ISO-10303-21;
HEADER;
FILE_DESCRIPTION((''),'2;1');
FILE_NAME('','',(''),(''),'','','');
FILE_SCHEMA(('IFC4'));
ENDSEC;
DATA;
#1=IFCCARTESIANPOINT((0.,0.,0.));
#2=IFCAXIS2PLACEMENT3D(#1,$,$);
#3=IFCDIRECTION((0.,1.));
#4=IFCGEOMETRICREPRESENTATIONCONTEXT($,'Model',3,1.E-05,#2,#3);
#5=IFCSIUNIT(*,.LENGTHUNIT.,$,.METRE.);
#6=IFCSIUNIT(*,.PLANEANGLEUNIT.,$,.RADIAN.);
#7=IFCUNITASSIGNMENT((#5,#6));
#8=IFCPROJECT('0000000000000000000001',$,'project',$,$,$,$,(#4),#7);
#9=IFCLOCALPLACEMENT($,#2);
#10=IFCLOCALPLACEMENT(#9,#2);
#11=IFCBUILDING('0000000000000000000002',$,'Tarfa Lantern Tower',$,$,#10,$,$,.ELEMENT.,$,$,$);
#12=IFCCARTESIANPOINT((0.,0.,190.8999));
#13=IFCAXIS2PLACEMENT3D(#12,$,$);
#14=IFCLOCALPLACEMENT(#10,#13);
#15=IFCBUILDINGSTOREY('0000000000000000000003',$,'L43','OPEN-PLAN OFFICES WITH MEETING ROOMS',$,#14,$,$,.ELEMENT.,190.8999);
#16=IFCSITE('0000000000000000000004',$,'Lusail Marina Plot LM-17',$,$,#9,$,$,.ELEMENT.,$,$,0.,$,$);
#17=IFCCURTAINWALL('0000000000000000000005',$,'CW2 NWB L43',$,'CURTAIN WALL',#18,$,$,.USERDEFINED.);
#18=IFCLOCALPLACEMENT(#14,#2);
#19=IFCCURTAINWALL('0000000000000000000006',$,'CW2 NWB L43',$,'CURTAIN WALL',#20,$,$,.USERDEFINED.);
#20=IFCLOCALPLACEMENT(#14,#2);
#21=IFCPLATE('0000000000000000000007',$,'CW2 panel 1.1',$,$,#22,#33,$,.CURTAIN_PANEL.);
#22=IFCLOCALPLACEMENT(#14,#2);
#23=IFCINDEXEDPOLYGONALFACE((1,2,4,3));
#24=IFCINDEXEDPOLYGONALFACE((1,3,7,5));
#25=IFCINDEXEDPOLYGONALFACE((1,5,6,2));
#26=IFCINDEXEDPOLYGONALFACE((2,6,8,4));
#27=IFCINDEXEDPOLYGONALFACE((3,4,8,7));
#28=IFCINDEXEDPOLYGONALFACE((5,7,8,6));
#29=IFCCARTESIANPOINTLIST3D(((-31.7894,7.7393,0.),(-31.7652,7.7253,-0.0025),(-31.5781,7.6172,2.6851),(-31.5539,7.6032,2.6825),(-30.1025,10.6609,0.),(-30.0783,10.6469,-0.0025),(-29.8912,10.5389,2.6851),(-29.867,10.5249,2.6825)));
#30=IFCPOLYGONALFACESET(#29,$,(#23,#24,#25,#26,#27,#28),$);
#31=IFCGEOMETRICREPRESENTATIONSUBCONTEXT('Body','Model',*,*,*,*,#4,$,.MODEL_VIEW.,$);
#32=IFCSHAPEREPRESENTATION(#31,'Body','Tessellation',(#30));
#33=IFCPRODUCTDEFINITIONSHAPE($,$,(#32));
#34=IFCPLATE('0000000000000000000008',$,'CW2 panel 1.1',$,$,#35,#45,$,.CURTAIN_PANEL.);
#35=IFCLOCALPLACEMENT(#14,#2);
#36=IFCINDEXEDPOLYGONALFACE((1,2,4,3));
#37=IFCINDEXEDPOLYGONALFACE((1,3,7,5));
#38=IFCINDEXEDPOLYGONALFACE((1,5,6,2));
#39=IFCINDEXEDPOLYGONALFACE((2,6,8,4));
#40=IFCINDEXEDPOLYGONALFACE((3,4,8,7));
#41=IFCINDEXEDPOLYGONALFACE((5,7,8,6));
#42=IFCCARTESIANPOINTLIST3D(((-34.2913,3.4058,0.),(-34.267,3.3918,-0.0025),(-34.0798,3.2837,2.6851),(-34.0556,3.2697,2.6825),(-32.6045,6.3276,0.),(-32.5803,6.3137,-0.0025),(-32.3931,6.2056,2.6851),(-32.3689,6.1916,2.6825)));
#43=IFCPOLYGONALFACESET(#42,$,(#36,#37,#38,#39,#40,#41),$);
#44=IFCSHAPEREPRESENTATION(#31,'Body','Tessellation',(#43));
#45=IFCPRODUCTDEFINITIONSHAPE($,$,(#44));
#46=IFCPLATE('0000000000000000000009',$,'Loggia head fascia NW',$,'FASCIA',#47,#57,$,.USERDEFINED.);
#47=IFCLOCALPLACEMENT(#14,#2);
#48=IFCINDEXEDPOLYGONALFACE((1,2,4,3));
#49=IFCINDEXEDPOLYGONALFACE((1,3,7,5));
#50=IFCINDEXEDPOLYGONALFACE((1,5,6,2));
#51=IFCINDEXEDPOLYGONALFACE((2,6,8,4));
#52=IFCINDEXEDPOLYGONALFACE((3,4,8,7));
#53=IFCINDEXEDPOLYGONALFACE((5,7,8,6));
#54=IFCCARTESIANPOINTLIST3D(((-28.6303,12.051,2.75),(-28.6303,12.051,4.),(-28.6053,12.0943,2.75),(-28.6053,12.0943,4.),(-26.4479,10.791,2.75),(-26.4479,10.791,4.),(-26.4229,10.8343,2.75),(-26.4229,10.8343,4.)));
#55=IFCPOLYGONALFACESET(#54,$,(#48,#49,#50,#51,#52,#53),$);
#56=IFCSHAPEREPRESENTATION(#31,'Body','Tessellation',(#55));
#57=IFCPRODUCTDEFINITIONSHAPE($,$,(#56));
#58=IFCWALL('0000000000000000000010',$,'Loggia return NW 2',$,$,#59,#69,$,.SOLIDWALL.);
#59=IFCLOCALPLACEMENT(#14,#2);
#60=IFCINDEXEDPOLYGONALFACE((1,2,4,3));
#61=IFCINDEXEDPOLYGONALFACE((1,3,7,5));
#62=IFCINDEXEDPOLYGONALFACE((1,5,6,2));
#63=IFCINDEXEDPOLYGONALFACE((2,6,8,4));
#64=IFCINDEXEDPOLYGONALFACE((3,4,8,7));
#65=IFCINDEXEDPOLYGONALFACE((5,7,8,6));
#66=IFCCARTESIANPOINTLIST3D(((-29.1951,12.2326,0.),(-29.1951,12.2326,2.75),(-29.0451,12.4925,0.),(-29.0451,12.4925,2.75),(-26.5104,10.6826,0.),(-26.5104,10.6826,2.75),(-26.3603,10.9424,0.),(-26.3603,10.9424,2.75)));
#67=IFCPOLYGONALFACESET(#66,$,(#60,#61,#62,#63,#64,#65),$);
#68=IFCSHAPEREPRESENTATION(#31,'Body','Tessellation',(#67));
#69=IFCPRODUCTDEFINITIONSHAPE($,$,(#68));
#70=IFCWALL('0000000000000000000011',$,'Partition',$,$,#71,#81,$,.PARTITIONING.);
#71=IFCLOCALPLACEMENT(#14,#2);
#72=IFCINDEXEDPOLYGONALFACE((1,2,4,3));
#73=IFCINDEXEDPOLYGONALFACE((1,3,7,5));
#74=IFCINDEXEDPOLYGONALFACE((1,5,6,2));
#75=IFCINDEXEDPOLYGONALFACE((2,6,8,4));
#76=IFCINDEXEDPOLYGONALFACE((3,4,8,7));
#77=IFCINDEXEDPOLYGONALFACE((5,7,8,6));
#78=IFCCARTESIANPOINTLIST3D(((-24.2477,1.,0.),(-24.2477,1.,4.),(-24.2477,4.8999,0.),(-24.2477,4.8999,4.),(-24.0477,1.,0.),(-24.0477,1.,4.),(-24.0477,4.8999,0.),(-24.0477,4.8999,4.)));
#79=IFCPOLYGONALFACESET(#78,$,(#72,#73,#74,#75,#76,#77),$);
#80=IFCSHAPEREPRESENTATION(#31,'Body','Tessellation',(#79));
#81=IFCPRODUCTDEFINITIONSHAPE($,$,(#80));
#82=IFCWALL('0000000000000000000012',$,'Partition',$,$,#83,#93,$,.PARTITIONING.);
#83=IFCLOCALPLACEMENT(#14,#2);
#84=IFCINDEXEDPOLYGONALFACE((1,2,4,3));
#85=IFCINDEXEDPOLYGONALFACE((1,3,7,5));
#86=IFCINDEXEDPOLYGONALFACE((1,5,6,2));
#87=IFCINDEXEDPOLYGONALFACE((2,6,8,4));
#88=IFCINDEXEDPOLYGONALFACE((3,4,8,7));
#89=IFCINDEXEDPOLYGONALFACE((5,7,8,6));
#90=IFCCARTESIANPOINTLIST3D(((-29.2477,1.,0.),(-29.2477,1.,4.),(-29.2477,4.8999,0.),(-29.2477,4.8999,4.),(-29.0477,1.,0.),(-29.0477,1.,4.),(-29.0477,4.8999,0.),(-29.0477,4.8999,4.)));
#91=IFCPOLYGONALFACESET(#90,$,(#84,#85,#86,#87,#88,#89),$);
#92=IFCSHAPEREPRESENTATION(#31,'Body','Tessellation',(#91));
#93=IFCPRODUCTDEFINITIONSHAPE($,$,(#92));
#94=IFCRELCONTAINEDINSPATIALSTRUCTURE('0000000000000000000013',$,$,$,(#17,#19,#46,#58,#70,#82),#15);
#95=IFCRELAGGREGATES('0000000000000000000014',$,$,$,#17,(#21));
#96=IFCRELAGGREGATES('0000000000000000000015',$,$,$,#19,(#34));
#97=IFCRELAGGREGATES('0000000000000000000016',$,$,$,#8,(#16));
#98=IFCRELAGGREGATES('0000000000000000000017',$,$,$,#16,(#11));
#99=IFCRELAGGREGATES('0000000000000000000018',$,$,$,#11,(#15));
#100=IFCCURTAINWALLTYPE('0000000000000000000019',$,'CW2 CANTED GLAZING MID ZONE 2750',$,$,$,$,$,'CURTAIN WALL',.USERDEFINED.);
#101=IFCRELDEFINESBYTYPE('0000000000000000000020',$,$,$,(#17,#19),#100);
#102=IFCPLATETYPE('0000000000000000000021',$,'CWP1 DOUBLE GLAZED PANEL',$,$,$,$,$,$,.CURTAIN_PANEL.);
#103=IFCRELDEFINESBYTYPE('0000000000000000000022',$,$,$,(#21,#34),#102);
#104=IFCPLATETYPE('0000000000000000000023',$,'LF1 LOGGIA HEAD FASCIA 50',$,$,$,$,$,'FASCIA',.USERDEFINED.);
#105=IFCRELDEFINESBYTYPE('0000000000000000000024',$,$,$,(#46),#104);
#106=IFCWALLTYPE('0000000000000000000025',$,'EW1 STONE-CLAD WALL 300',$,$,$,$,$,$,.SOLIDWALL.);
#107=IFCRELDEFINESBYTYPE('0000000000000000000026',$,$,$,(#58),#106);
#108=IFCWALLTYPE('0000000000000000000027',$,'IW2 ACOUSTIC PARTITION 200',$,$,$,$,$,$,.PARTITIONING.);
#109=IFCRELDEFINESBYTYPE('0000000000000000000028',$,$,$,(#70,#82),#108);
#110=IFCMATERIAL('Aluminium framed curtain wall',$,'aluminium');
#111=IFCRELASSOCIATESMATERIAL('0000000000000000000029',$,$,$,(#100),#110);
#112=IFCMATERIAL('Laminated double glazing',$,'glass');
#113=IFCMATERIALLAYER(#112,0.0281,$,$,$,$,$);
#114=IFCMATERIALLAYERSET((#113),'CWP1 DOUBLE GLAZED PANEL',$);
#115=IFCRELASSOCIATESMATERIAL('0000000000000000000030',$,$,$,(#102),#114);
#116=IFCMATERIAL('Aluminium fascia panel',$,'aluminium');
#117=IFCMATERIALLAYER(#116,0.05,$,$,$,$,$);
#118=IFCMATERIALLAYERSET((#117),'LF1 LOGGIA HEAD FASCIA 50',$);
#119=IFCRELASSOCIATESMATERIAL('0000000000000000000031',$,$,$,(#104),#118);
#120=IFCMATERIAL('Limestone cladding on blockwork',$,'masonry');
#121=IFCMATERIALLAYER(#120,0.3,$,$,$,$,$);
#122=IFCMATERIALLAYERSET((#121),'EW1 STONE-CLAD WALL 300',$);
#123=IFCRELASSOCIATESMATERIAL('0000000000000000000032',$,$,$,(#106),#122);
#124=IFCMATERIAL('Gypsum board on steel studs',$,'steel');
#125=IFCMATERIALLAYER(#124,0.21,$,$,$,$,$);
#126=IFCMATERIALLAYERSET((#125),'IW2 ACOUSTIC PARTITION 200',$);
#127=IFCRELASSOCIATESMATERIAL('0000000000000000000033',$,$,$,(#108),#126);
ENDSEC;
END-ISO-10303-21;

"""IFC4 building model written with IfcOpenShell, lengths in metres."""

from ifc_helpers import new_model, si_unit, direction, frame, frame_2d, origin, origin_2d, place, context, subcontext, project, spatial, polyline, rectangle, outline, extrude, material, layer, layer_set, type_object, element, aggregate, save


model = new_model("IFC4")

# Units and contexts
model_context = context("Model", 3, precision=1e-05, world=origin(), true_north=direction((0.0, 1.0)))
body_context = subcontext(model_context, "Body", "Model", "MODEL_VIEW")
ifc_project = project(units=[si_unit("LENGTHUNIT", "METRE"), si_unit("PLANEANGLEUNIT", "RADIAN")], contexts=[model_context])

# Site, building, storey
site_placement = place(None, origin())
site = spatial("IfcSite", under=ifc_project, at=site_placement, Name="Lusail Marina Plot LM-17", CompositionType="ELEMENT", RefElevation=0.0)
building_placement = place(site_placement, origin())
building = spatial("IfcBuilding", under=site, at=building_placement, Name="Tarfa Lantern Tower", CompositionType="ELEMENT")
storey_placement = place(building_placement, frame((0.0, 0.0, 190.8999)))
storey = spatial("IfcBuildingStorey", under=building, at=storey_placement, Name="L43", Description="OPEN-PLAN OFFICES WITH MEETING ROOMS", CompositionType="ELEMENT", Elevation=190.8999)

# Curtain walls
ifc_material_1 = material(Name="Aluminium framed curtain wall", Category="aluminium")
curtain_wall_type_1 = type_object("IfcCurtainWallType", Name="CW2 CANTED GLAZING MID ZONE 2750", ElementType="CURTAIN WALL", PredefinedType="USERDEFINED", material=ifc_material_1)
curtain_wall_1_placement = place(storey_placement, origin())
curtain_wall_1 = element("IfcCurtainWall", 1, at=curtain_wall_1_placement, inside=storey, type_object=curtain_wall_type_1, Name="CW2 NWB L43", ObjectType="CURTAIN WALL", PredefinedType="USERDEFINED")
curtain_wall_2_placement = place(storey_placement, origin())
curtain_wall_2 = element("IfcCurtainWall", 2, at=curtain_wall_2_placement, inside=storey, type_object=curtain_wall_type_1, Name="CW2 NWB L43", ObjectType="CURTAIN WALL", PredefinedType="USERDEFINED")

# Plates
ifc_material_2 = material(Name="Laminated double glazing", Category="glass")
ifc_layer_1 = layer(ifc_material_2, 0.0281)
ifc_layer_set_1 = layer_set([ifc_layer_1], Name="CWP1 DOUBLE GLAZED PANEL")
plate_type_1 = type_object("IfcPlateType", Name="CWP1 DOUBLE GLAZED PANEL", PredefinedType="CURTAIN_PANEL", material=ifc_layer_set_1)
plate_1_placement = place(storey_placement, frame((-30.1025, 10.6609, 0.0), z_axis=(-0.86246, 0.497967, 0.090511), x_axis=(-0.500019, -0.866015, 0.000003)))
plate_1 = element("IfcPlate", 3, at=plate_1_placement, type_object=plate_type_1, Name="CW2 panel 1.1", PredefinedType="CURTAIN_PANEL", context=body_context, shape_type="SweptSolid", body=[
    extrude(outline(polyline([(0.0, 0.0), (3.3736, 0.0), (3.3737, 2.6961), (0.0, 2.6961), (0.0, 0.0)])), origin(), (0.0, 0.0, -1.0), 0.0281),
])
aggregate(curtain_wall_1, [plate_1])
plate_2_placement = place(storey_placement, frame((-32.6045, 6.3276, 0.0), z_axis=(-0.86249, 0.497907, 0.09055), x_axis=(-0.49996, -0.866048, 0.0)))
plate_2 = element("IfcPlate", 4, at=plate_2_placement, type_object=plate_type_1, Name="CW2 panel 1.1", PredefinedType="CURTAIN_PANEL", context=body_context, shape_type="SweptSolid", body=[
    extrude(outline(polyline([(0.0, 0.0), (3.3738, 0.0), (3.3738, 2.6961), (0.0, 2.6961), (0.0, 0.0)])), origin(), (0.0, 0.0, -1.0), 0.0281),
])
aggregate(curtain_wall_2, [plate_2])
ifc_material_3 = material(Name="Aluminium fascia panel", Category="aluminium")
ifc_layer_2 = layer(ifc_material_3, 0.05)
ifc_layer_set_2 = layer_set([ifc_layer_2], Name="LF1 LOGGIA HEAD FASCIA 50")
plate_type_2 = type_object("IfcPlateType", Name="LF1 LOGGIA HEAD FASCIA 50", ElementType="FASCIA", PredefinedType="USERDEFINED", material=ifc_layer_set_2)
plate_3_placement = place(storey_placement, frame((-27.5266, 11.4426, 2.75), z_axis=(0.0, 0.0, 1.0), x_axis=(0.866025, -0.5, 0.0)))
element("IfcPlate", 5, at=plate_3_placement, inside=storey, type_object=plate_type_2, Name="Loggia head fascia NW", ObjectType="FASCIA", PredefinedType="USERDEFINED", context=body_context, shape_type="SweptSolid", body=[
    extrude(rectangle(XDim=2.52, YDim=0.05, at=origin_2d()), origin(), (0.0, 0.0, 1.0), 1.25),
])

# Walls
ifc_material_4 = material(Name="Limestone cladding on blockwork", Category="masonry")
ifc_layer_3 = layer(ifc_material_4, 0.3)
ifc_layer_set_3 = layer_set([ifc_layer_3], Name="EW1 STONE-CLAD WALL 300")
wall_type_1 = type_object("IfcWallType", Name="EW1 STONE-CLAD WALL 300", PredefinedType="SOLIDWALL", material=ifc_layer_set_3)
wall_placement = place(storey_placement, frame((-29.1201, 12.3625, 0.0), z_axis=(0.0, 0.0, 1.0), x_axis=(0.86603, -0.499993, 0.0)))
element("IfcWall", 6, at=wall_placement, inside=storey, type_object=wall_type_1, Name="Loggia return NW 2", PredefinedType="SOLIDWALL", context=body_context, shape_type="SweptSolid", body=[
    extrude(rectangle(XDim=3.1001, YDim=0.3, at=frame_2d((1.55, 0.0))), origin(), (0.0, 0.0, 1.0), 2.75),
])
ifc_material_5 = material(Name="Gypsum board on steel studs", Category="steel")
ifc_layer_4 = layer(ifc_material_5, 0.21)
ifc_layer_set_4 = layer_set([ifc_layer_4], Name="IW2 ACOUSTIC PARTITION 200")
wall_type_2 = type_object("IfcWallType", Name="IW2 ACOUSTIC PARTITION 200", PredefinedType="PARTITIONING", material=ifc_layer_set_4)
for number, where, z_axis, x_axis, name in (
    (7, (-24.1477, 4.8999, 0.0), (0.0, 0.0, 1.0), (0.0, -1.0, 0.0), "Partition"),
    (8, (-29.1477, 4.8999, 0.0), (0.0, 0.0, 1.0), (0.0, -1.0, 0.0), "Partition"),
):
    element("IfcWall", number, at=place(storey_placement, frame(where, z_axis=z_axis, x_axis=x_axis)), inside=storey, type_object=wall_type_2, Name=name, PredefinedType="PARTITIONING", context=body_context, shape_type="SweptSolid", body=[
        extrude(rectangle(XDim=3.8999, YDim=0.2, at=frame_2d((1.95, 0.0))), origin(), (0.0, 0.0, 1.0), 4.0),
    ])

save(model, "model.ifc")
